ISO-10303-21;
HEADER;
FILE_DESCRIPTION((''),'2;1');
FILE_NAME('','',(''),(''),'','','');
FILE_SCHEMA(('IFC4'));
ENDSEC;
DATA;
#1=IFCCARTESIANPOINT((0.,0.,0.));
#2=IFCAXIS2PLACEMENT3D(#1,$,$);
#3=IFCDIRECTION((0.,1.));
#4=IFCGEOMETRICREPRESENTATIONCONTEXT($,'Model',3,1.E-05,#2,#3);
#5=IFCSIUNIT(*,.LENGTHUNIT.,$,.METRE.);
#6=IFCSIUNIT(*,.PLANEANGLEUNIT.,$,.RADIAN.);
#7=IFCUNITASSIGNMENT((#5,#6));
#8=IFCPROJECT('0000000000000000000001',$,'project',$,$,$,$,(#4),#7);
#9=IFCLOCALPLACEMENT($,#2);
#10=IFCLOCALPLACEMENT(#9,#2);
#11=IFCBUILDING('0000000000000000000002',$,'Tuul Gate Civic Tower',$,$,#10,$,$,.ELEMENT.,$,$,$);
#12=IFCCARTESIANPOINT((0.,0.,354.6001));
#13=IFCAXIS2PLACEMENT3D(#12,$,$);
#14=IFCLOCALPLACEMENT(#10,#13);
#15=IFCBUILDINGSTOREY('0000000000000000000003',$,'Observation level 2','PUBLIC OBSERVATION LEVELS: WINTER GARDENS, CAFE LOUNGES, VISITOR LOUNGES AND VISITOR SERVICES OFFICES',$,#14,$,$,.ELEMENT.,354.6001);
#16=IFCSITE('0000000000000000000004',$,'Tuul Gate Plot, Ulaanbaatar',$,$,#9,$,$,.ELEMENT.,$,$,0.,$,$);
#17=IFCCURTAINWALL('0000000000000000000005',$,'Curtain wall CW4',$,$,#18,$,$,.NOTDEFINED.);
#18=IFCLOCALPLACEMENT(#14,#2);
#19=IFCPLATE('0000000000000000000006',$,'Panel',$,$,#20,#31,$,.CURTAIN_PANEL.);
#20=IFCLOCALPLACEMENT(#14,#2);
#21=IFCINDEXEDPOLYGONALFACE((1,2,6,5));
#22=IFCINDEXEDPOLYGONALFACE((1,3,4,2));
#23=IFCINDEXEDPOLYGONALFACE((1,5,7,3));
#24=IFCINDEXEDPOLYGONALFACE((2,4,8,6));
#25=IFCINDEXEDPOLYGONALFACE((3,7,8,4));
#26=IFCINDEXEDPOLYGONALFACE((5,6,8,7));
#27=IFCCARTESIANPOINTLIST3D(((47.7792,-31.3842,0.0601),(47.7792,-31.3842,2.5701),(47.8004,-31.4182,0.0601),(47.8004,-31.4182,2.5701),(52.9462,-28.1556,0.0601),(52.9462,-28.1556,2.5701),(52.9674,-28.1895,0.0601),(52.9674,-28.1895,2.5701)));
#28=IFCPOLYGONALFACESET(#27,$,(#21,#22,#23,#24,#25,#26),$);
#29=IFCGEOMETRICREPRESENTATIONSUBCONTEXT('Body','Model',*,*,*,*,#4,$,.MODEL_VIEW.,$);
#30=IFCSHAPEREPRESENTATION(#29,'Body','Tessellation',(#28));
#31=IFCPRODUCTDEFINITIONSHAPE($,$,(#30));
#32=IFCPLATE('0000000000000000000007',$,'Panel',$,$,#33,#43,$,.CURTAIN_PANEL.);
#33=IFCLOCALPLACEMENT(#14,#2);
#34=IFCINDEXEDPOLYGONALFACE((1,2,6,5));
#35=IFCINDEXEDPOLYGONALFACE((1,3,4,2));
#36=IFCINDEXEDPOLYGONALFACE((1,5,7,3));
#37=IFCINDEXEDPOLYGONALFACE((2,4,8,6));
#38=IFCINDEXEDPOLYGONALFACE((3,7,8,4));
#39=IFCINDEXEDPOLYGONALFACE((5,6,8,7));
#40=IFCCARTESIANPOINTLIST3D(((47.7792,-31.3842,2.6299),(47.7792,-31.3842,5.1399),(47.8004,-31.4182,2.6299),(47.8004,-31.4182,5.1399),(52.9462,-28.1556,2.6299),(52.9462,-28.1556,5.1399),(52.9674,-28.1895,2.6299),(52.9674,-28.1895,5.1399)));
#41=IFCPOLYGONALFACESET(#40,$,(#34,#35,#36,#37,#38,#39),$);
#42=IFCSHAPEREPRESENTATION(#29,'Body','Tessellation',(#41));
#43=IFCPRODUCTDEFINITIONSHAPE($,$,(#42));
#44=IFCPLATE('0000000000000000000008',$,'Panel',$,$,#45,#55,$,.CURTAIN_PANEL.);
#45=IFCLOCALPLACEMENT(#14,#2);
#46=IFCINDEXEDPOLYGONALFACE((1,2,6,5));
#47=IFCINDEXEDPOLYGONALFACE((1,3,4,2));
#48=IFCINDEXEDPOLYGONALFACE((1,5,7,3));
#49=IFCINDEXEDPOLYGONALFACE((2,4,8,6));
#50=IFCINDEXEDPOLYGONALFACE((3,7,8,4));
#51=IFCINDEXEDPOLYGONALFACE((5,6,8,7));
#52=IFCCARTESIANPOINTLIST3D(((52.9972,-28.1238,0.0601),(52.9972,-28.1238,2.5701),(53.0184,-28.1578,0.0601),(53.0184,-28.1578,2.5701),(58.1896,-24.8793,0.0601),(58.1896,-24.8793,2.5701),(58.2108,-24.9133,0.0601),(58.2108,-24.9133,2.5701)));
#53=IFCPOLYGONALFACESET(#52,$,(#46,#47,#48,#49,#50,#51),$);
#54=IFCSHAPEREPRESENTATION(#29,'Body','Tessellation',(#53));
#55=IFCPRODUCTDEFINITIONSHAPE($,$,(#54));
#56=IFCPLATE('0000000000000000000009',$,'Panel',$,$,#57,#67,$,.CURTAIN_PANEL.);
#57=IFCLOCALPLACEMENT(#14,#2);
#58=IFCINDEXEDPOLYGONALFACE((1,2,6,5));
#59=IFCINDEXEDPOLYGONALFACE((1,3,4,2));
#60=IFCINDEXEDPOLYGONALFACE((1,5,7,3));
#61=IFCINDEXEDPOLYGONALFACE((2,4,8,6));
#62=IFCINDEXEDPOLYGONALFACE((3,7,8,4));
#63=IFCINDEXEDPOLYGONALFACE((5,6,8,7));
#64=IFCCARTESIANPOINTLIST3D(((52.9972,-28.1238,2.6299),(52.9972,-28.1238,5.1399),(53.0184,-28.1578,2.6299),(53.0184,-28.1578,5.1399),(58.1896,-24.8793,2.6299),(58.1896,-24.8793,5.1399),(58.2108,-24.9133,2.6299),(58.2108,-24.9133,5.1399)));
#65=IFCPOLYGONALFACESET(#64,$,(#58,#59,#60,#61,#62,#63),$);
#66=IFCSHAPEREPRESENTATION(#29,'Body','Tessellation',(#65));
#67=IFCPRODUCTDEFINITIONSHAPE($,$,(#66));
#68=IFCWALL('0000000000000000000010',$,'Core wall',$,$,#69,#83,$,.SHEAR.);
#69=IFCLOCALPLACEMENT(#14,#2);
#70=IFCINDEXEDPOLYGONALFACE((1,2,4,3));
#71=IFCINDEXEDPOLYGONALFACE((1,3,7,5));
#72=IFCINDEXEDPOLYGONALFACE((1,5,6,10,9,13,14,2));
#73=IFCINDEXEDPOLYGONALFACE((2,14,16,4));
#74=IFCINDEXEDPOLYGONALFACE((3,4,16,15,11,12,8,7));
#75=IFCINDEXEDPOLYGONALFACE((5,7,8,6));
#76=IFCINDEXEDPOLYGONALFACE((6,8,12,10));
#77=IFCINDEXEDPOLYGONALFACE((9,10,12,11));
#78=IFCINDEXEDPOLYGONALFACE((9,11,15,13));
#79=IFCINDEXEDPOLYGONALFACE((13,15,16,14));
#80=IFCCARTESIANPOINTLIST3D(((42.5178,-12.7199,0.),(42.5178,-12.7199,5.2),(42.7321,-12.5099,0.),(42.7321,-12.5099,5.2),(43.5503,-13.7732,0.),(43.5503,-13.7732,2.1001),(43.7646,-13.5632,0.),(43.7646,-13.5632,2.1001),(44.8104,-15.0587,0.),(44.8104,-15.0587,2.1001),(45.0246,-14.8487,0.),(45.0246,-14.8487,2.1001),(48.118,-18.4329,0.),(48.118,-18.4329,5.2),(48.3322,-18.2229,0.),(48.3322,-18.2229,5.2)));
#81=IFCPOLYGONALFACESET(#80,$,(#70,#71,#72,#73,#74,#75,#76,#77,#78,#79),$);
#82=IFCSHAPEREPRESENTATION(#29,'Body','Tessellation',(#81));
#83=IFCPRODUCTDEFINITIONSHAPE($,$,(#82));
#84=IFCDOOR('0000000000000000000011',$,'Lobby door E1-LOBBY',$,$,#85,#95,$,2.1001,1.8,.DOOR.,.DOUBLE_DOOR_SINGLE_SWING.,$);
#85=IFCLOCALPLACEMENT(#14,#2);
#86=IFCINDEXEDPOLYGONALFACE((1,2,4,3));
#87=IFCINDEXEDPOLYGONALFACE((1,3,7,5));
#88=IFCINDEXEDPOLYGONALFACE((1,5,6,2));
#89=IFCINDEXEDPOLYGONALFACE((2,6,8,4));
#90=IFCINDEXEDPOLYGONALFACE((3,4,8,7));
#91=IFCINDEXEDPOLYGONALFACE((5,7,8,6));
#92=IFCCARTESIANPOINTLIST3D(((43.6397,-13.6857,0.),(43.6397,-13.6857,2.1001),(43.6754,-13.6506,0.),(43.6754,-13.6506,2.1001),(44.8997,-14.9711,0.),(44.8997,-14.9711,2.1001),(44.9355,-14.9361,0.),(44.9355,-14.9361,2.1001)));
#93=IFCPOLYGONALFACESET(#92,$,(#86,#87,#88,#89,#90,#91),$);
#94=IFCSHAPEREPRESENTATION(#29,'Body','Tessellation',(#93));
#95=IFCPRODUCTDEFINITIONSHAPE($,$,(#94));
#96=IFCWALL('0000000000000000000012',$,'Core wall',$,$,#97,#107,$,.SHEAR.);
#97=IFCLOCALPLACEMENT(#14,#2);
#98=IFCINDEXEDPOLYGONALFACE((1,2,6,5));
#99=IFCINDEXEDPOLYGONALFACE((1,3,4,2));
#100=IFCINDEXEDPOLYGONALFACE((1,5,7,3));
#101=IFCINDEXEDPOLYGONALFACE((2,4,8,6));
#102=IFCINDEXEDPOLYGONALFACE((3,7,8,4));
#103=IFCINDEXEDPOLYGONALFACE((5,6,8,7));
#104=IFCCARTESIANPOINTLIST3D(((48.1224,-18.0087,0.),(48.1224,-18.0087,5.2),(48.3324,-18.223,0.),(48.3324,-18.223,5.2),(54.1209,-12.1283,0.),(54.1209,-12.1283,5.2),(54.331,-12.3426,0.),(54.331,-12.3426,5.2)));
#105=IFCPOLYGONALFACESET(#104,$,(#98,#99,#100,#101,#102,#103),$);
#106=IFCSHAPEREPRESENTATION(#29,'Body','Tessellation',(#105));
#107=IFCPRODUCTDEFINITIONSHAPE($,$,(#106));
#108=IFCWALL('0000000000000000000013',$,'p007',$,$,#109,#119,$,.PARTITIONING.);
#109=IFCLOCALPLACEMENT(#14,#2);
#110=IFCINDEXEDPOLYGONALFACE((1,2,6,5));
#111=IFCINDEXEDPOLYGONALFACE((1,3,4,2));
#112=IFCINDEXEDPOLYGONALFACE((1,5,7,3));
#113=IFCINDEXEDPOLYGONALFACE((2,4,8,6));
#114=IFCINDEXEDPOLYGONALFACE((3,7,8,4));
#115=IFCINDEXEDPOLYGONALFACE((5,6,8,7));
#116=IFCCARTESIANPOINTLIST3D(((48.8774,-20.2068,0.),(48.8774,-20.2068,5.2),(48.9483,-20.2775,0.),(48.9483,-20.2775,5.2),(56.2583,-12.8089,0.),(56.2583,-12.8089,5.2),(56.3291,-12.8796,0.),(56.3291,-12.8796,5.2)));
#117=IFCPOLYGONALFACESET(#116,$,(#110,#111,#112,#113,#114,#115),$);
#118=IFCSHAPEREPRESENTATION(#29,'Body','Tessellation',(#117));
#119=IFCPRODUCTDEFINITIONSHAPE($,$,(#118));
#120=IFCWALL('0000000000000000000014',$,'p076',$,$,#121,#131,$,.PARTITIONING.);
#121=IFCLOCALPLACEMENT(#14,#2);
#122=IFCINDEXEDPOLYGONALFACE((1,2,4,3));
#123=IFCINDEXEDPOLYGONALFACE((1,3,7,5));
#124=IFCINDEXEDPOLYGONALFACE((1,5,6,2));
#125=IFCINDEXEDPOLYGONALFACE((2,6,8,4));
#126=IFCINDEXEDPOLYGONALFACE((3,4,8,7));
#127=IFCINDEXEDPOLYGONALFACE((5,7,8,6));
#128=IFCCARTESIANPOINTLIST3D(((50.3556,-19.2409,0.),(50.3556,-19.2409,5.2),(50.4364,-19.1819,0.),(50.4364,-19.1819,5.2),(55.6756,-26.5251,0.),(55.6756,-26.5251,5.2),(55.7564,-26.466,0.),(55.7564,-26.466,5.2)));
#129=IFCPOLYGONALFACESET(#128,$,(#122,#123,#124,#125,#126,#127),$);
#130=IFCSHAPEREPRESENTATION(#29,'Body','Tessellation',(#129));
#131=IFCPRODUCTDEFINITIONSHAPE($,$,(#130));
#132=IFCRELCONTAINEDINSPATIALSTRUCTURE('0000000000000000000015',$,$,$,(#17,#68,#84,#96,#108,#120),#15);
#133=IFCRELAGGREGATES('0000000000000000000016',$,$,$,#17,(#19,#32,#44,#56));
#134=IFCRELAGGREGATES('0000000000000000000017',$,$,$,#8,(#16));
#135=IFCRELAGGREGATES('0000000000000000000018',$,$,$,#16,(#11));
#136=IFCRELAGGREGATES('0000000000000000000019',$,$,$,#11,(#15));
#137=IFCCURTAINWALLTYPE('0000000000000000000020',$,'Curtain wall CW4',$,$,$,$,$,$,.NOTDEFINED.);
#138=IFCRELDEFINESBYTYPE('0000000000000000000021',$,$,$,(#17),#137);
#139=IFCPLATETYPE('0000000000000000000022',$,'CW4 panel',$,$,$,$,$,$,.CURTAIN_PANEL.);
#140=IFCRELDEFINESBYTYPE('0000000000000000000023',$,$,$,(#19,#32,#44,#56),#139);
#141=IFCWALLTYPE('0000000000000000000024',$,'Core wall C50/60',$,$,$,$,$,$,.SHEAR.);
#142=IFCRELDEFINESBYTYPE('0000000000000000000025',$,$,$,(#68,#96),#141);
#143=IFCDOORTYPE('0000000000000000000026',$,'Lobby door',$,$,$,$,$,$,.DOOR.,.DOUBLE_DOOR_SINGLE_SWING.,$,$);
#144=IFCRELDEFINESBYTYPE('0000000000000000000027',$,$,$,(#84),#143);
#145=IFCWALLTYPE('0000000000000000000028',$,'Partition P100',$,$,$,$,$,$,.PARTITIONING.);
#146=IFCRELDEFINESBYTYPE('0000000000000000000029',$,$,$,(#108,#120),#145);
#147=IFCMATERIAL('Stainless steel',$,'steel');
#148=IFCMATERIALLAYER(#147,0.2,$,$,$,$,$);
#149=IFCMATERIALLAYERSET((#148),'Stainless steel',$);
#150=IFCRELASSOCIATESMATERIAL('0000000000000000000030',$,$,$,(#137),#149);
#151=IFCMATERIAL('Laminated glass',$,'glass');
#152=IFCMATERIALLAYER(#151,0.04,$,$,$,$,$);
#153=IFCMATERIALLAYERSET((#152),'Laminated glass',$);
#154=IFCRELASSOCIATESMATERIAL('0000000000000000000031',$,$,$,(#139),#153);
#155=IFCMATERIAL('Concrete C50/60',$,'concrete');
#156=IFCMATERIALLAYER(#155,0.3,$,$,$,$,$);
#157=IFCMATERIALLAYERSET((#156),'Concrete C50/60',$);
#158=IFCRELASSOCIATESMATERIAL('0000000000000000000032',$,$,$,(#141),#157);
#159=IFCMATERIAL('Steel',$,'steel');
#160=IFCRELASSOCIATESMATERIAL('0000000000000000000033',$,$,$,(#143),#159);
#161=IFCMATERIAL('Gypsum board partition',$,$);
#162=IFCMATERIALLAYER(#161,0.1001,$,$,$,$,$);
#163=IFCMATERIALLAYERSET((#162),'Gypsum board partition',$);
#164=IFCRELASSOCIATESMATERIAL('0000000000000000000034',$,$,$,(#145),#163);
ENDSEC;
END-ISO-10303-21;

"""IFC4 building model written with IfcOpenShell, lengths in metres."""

from ifc_helpers import new_model, si_unit, direction, frame, frame_2d, origin, origin_2d, place, context, subcontext, project, spatial, rectangle, extrude, material, layer, layer_set, type_object, element, fill, aggregate, save


model = new_model("IFC4")

# Units and contexts
model_context = context("Model", 3, precision=1e-05, world=origin(), true_north=direction((0.0, 1.0)))
body_context = subcontext(model_context, "Body", "Model", "MODEL_VIEW")
ifc_project = project(units=[si_unit("LENGTHUNIT", "METRE"), si_unit("PLANEANGLEUNIT", "RADIAN")], contexts=[model_context])

# Site, building, storey
site_placement = place(None, origin())
site = spatial("IfcSite", under=ifc_project, at=site_placement, Name="Tuul Gate Plot, Ulaanbaatar", CompositionType="ELEMENT", RefElevation=0.0)
building_placement = place(site_placement, origin())
building = spatial("IfcBuilding", under=site, at=building_placement, Name="Tuul Gate Civic Tower", CompositionType="ELEMENT")
storey_placement = place(building_placement, frame((0.0, 0.0, 354.6001)))
storey = spatial("IfcBuildingStorey", under=building, at=storey_placement, Name="Observation level 2", Description="PUBLIC OBSERVATION LEVELS: WINTER GARDENS, CAFE LOUNGES, VISITOR LOUNGES AND VISITOR SERVICES OFFICES", CompositionType="ELEMENT", Elevation=354.6001)

# Curtain wall
ifc_material_1 = material(Name="Stainless steel", Category="steel")
ifc_layer_1 = layer(ifc_material_1, 0.2)
ifc_layer_set_1 = layer_set([ifc_layer_1], Name="Stainless steel")
curtain_wall_type = type_object("IfcCurtainWallType", Name="Curtain wall CW4", PredefinedType="NOTDEFINED", material=ifc_layer_set_1)
curtain_wall_placement = place(storey_placement, origin())
curtain_wall = element("IfcCurtainWall", 1, at=curtain_wall_placement, inside=storey, type_object=curtain_wall_type, Name="Curtain wall CW4", PredefinedType="NOTDEFINED")

# Plates
ifc_material_2 = material(Name="Laminated glass", Category="glass")
ifc_layer_2 = layer(ifc_material_2, 0.04)
ifc_layer_set_2 = layer_set([ifc_layer_2], Name="Laminated glass")
plate_type = type_object("IfcPlateType", Name="CW4 panel", PredefinedType="CURTAIN_PANEL", material=ifc_layer_set_2)
plate_1_placement = place(storey_placement, frame((50.3733, -29.7869, 0.0601), z_axis=(0.0, 0.0, 1.0), x_axis=(0.848053, 0.529912, 0.0)))
plate_1 = element("IfcPlate", 2, at=plate_1_placement, type_object=plate_type, Name="Panel", PredefinedType="CURTAIN_PANEL", context=body_context, shape_type="SweptSolid", body=[
    extrude(rectangle(XDim=6.0928, YDim=0.04, at=origin_2d()), origin(), (0.0, 0.0, 1.0), 2.51),
])
plate_2_placement = place(storey_placement, frame((50.3733, -29.7869, 2.6299), z_axis=(0.0, 0.0, 1.0), x_axis=(0.848053, 0.529912, 0.0)))
plate_2 = element("IfcPlate", 3, at=plate_2_placement, type_object=plate_type, Name="Panel", PredefinedType="CURTAIN_PANEL", context=body_context, shape_type="SweptSolid", body=[
    extrude(rectangle(XDim=6.0928, YDim=0.04, at=origin_2d()), origin(), (0.0, 0.0, 1.0), 2.51),
])
plate_3_placement = place(storey_placement, frame((55.604, -26.5186, 0.0601), z_axis=(0.0, 0.0, 1.0), x_axis=(0.848053, 0.529912, 0.0)))
plate_3 = element("IfcPlate", 4, at=plate_3_placement, type_object=plate_type, Name="Panel", PredefinedType="CURTAIN_PANEL", context=body_context, shape_type="SweptSolid", body=[
    extrude(rectangle(XDim=6.1228, YDim=0.04, at=origin_2d()), origin(), (0.0, 0.0, 1.0), 2.51),
])
plate_4_placement = place(storey_placement, frame((55.604, -26.5186, 2.6299), z_axis=(0.0, 0.0, 1.0), x_axis=(0.848053, 0.529912, 0.0)))
plate_4 = element("IfcPlate", 5, at=plate_4_placement, type_object=plate_type, Name="Panel", PredefinedType="CURTAIN_PANEL", context=body_context, shape_type="SweptSolid", body=[
    extrude(rectangle(XDim=6.1228, YDim=0.04, at=origin_2d()), origin(), (0.0, 0.0, 1.0), 2.51),
])
aggregate(curtain_wall, [plate_1, plate_2, plate_3, plate_4])

# Wall, opening, door
ifc_material_3 = material(Name="Concrete C50/60", Category="concrete")
ifc_layer_3 = layer(ifc_material_3, 0.3)
ifc_layer_set_3 = layer_set([ifc_layer_3], Name="Concrete C50/60")
wall_type_1 = type_object("IfcWallType", Name="Core wall C50/60", PredefinedType="SHEAR", material=ifc_layer_set_3)
wall_1_placement = place(storey_placement, frame((48.2251, -18.3279, 0.0), z_axis=(0.0, 0.0, 1.0), x_axis=(-0.700022, 0.714121, 0.0)))
wall_1 = element("IfcWall", 6, at=wall_1_placement, inside=storey, type_object=wall_type_1, Name="Core wall", PredefinedType="SHEAR", context=body_context, shape_type="SweptSolid", body=[
    extrude(rectangle(XDim=8.0, YDim=0.3, at=frame_2d((4.0, 0.0))), origin(), (0.0, 0.0, 1.0), 5.2),
])
opening_placement = place(wall_1_placement, frame((4.7251, 0.0, 0.0)))
opening = element("IfcOpeningElement", 7, at=opening_placement, cuts=wall_1, PredefinedType="OPENING", context=body_context, shape_type="SweptSolid", body=[
    extrude(rectangle(XDim=1.8, YDim=2.1001, at=frame_2d((0.8999, 1.05))), frame((0.0, 0.1602, 0.0), z_axis=(0.0, -1.0, 0.0), x_axis=(1.0, 0.0, 0.0)), (0.0, 0.0, 1.0), 0.3201),
])
ifc_material_4 = material(Name="Steel", Category="steel")
door_type = type_object("IfcDoorType", Name="Lobby door", OperationType="DOUBLE_DOOR_SINGLE_SWING", PredefinedType="DOOR", material=ifc_material_4)
door_placement = place(opening_placement, origin())
door = element("IfcDoor", 8, at=door_placement, inside=storey, type_object=door_type, Name="Lobby door E1-LOBBY", OperationType="DOUBLE_DOOR_SINGLE_SWING", OverallHeight=2.1001, OverallWidth=1.8, PredefinedType="DOOR", context=body_context, shape_type="SweptSolid", body=[
    extrude(rectangle(XDim=1.8, YDim=2.1001, at=frame_2d((0.8999, 1.05))), frame((0.0, 0.0249, 0.0), z_axis=(0.0, -1.0, 0.0), x_axis=(1.0, 0.0, 0.0)), (0.0, 0.0, 1.0), 0.05),
])
fill(opening, door)

# Walls
wall_2_placement = place(storey_placement, frame((48.2273, -18.116, 0.0), z_axis=(0.0, 0.0, 1.0), x_axis=(0.714105, 0.700038, 0.0)))
element("IfcWall", 9, at=wall_2_placement, inside=storey, type_object=wall_type_1, Name="Core wall", PredefinedType="SHEAR", context=body_context, shape_type="SweptSolid", body=[
    extrude(rectangle(XDim=8.4001, YDim=0.3, at=frame_2d((4.2002, 0.0))), origin(), (0.0, 0.0, 1.0), 5.2),
])
ifc_material_5 = material(Name="Gypsum board partition")
ifc_layer_4 = layer(ifc_material_5, 0.1001)
ifc_layer_set_4 = layer_set([ifc_layer_4], Name="Gypsum board partition")
wall_type_2 = type_object("IfcWallType", Name="Partition P100", PredefinedType="PARTITIONING", material=ifc_layer_set_4)
wall_3_placement = place(storey_placement, frame((48.9128, -20.2422, 0.0), z_axis=(0.0, 0.0, 1.0), x_axis=(0.706289, 0.707924, 0.0)))
element("IfcWall", 10, at=wall_3_placement, inside=storey, type_object=wall_type_2, Name="p007", PredefinedType="PARTITIONING", context=body_context, shape_type="SweptSolid", body=[
    extrude(rectangle(XDim=10.4502, YDim=0.1001, at=frame_2d((5.2251, 0.0))), origin(), (0.0, 0.0, 1.0), 5.2),
])
wall_4_placement = place(storey_placement, frame((50.396, -19.2114, 0.0), z_axis=(0.0, 0.0, 1.0), x_axis=(0.589801, -0.807549, 0.0)))
element("IfcWall", 11, at=wall_4_placement, inside=storey, type_object=wall_type_2, Name="p076", PredefinedType="PARTITIONING", context=body_context, shape_type="SweptSolid", body=[
    extrude(rectangle(XDim=9.02, YDim=0.1001, at=frame_2d((4.51, 0.0))), origin(), (0.0, 0.0, 1.0), 5.2),
])

save(model, "model.ifc")
